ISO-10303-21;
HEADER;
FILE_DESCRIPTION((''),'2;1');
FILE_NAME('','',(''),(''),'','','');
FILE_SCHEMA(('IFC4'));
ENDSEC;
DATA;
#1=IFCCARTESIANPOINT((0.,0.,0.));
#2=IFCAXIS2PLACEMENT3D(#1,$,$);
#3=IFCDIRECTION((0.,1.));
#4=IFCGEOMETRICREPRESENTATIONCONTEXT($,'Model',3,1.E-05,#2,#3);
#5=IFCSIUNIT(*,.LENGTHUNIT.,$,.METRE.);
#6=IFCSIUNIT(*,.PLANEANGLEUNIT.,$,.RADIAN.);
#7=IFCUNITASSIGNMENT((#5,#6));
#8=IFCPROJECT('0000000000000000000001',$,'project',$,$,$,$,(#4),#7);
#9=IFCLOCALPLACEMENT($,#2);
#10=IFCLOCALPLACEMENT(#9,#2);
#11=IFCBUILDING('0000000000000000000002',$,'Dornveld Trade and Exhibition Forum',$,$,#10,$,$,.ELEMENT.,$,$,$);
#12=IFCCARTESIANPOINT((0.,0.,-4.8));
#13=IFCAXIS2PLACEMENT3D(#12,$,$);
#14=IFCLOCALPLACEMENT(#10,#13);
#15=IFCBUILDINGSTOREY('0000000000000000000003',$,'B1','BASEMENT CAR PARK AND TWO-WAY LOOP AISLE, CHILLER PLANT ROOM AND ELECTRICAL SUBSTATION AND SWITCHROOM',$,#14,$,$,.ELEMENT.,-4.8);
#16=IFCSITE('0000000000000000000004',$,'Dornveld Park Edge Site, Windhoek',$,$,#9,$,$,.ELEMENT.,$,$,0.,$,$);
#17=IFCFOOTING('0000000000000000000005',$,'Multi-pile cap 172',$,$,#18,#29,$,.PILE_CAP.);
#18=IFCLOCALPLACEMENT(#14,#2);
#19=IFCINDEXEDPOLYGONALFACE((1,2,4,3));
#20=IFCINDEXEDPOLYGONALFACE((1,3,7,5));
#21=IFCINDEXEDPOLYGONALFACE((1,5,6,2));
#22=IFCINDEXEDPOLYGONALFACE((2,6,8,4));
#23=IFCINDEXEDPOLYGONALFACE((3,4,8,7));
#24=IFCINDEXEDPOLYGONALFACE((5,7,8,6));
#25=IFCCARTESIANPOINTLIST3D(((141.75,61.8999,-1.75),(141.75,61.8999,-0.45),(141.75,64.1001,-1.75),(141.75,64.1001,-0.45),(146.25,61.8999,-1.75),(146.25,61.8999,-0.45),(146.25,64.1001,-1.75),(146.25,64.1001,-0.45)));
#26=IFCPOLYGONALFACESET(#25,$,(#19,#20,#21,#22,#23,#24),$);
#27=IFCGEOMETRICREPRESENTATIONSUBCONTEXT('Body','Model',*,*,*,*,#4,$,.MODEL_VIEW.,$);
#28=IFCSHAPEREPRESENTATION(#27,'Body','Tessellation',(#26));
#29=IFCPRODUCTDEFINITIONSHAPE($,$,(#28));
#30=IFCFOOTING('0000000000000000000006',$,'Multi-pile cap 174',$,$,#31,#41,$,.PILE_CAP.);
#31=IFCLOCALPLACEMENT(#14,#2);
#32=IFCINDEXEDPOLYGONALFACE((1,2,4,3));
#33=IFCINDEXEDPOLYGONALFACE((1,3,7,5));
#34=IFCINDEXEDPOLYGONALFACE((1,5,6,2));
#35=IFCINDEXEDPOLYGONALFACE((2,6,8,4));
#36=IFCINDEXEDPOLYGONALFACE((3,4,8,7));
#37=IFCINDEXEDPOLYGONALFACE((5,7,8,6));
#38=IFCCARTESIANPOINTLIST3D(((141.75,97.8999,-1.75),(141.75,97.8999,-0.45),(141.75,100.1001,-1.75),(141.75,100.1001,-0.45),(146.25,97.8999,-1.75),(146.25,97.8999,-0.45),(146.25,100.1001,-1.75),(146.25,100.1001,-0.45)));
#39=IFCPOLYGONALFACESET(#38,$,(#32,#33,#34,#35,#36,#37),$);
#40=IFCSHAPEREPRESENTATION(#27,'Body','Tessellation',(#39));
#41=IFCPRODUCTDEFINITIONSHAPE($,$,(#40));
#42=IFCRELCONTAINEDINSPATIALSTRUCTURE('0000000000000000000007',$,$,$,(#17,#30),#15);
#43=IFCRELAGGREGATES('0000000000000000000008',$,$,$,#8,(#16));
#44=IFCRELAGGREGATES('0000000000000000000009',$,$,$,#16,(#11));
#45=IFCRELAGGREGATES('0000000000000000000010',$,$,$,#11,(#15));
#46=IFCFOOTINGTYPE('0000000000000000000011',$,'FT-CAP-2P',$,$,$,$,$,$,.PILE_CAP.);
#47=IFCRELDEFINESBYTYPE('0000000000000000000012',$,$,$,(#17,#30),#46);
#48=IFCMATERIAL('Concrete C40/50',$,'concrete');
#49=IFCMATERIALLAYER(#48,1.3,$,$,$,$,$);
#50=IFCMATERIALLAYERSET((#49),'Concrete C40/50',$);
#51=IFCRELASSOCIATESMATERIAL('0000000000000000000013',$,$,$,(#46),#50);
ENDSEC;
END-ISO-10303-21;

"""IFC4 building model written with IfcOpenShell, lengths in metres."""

from ifc_helpers import new_model, si_unit, direction, frame, origin, place, context, subcontext, project, spatial, polyline, outline, extrude, material, layer, layer_set, type_object, element, save


model = new_model("IFC4")

# Units and contexts
model_context = context("Model", 3, precision=1e-05, world=origin(), true_north=direction((0.0, 1.0)))
body_context = subcontext(model_context, "Body", "Model", "MODEL_VIEW")
ifc_project = project(units=[si_unit("LENGTHUNIT", "METRE"), si_unit("PLANEANGLEUNIT", "RADIAN")], contexts=[model_context])

# Site, building, storey
site_placement = place(None, origin())
site = spatial("IfcSite", under=ifc_project, at=site_placement, Name="Dornveld Park Edge Site, Windhoek", CompositionType="ELEMENT", RefElevation=0.0)
building_placement = place(site_placement, origin())
building = spatial("IfcBuilding", under=site, at=building_placement, Name="Dornveld Trade and Exhibition Forum", CompositionType="ELEMENT")
storey_placement = place(building_placement, frame((0.0, 0.0, -4.8)))
storey = spatial("IfcBuildingStorey", under=building, at=storey_placement, Name="B1", Description="BASEMENT CAR PARK AND TWO-WAY LOOP AISLE, CHILLER PLANT ROOM AND ELECTRICAL SUBSTATION AND SWITCHROOM", CompositionType="ELEMENT", Elevation=-4.8)

# Footings
ifc_material = material(Name="Concrete C40/50", Category="concrete")
ifc_layer = layer(ifc_material, 1.3)
ifc_layer_set = layer_set([ifc_layer], Name="Concrete C40/50")
footing_type = type_object("IfcFootingType", Name="FT-CAP-2P", PredefinedType="PILE_CAP", material=ifc_layer_set)
footing_1_placement = place(storey_placement, frame((0.0, 0.0, -1.75)))
element("IfcFooting", 1, at=footing_1_placement, inside=storey, type_object=footing_type, Name="Multi-pile cap 172", PredefinedType="PILE_CAP", context=body_context, shape_type="SweptSolid", body=[
    extrude(outline(polyline([(141.75, 61.8999), (146.25, 61.8999), (146.25, 64.1001), (141.75, 64.1001), (141.75, 61.8999)])), origin(), (0.0, 0.0, 1.0), 1.3),
])
footing_2_placement = place(storey_placement, frame((0.0, 0.0, -1.75)))
element("IfcFooting", 2, at=footing_2_placement, inside=storey, type_object=footing_type, Name="Multi-pile cap 174", PredefinedType="PILE_CAP", context=body_context, shape_type="SweptSolid", body=[
    extrude(outline(polyline([(141.75, 97.8999), (146.25, 97.8999), (146.25, 100.1001), (141.75, 100.1001), (141.75, 97.8999)])), origin(), (0.0, 0.0, 1.0), 1.3),
])

save(model, "model.ifc")
